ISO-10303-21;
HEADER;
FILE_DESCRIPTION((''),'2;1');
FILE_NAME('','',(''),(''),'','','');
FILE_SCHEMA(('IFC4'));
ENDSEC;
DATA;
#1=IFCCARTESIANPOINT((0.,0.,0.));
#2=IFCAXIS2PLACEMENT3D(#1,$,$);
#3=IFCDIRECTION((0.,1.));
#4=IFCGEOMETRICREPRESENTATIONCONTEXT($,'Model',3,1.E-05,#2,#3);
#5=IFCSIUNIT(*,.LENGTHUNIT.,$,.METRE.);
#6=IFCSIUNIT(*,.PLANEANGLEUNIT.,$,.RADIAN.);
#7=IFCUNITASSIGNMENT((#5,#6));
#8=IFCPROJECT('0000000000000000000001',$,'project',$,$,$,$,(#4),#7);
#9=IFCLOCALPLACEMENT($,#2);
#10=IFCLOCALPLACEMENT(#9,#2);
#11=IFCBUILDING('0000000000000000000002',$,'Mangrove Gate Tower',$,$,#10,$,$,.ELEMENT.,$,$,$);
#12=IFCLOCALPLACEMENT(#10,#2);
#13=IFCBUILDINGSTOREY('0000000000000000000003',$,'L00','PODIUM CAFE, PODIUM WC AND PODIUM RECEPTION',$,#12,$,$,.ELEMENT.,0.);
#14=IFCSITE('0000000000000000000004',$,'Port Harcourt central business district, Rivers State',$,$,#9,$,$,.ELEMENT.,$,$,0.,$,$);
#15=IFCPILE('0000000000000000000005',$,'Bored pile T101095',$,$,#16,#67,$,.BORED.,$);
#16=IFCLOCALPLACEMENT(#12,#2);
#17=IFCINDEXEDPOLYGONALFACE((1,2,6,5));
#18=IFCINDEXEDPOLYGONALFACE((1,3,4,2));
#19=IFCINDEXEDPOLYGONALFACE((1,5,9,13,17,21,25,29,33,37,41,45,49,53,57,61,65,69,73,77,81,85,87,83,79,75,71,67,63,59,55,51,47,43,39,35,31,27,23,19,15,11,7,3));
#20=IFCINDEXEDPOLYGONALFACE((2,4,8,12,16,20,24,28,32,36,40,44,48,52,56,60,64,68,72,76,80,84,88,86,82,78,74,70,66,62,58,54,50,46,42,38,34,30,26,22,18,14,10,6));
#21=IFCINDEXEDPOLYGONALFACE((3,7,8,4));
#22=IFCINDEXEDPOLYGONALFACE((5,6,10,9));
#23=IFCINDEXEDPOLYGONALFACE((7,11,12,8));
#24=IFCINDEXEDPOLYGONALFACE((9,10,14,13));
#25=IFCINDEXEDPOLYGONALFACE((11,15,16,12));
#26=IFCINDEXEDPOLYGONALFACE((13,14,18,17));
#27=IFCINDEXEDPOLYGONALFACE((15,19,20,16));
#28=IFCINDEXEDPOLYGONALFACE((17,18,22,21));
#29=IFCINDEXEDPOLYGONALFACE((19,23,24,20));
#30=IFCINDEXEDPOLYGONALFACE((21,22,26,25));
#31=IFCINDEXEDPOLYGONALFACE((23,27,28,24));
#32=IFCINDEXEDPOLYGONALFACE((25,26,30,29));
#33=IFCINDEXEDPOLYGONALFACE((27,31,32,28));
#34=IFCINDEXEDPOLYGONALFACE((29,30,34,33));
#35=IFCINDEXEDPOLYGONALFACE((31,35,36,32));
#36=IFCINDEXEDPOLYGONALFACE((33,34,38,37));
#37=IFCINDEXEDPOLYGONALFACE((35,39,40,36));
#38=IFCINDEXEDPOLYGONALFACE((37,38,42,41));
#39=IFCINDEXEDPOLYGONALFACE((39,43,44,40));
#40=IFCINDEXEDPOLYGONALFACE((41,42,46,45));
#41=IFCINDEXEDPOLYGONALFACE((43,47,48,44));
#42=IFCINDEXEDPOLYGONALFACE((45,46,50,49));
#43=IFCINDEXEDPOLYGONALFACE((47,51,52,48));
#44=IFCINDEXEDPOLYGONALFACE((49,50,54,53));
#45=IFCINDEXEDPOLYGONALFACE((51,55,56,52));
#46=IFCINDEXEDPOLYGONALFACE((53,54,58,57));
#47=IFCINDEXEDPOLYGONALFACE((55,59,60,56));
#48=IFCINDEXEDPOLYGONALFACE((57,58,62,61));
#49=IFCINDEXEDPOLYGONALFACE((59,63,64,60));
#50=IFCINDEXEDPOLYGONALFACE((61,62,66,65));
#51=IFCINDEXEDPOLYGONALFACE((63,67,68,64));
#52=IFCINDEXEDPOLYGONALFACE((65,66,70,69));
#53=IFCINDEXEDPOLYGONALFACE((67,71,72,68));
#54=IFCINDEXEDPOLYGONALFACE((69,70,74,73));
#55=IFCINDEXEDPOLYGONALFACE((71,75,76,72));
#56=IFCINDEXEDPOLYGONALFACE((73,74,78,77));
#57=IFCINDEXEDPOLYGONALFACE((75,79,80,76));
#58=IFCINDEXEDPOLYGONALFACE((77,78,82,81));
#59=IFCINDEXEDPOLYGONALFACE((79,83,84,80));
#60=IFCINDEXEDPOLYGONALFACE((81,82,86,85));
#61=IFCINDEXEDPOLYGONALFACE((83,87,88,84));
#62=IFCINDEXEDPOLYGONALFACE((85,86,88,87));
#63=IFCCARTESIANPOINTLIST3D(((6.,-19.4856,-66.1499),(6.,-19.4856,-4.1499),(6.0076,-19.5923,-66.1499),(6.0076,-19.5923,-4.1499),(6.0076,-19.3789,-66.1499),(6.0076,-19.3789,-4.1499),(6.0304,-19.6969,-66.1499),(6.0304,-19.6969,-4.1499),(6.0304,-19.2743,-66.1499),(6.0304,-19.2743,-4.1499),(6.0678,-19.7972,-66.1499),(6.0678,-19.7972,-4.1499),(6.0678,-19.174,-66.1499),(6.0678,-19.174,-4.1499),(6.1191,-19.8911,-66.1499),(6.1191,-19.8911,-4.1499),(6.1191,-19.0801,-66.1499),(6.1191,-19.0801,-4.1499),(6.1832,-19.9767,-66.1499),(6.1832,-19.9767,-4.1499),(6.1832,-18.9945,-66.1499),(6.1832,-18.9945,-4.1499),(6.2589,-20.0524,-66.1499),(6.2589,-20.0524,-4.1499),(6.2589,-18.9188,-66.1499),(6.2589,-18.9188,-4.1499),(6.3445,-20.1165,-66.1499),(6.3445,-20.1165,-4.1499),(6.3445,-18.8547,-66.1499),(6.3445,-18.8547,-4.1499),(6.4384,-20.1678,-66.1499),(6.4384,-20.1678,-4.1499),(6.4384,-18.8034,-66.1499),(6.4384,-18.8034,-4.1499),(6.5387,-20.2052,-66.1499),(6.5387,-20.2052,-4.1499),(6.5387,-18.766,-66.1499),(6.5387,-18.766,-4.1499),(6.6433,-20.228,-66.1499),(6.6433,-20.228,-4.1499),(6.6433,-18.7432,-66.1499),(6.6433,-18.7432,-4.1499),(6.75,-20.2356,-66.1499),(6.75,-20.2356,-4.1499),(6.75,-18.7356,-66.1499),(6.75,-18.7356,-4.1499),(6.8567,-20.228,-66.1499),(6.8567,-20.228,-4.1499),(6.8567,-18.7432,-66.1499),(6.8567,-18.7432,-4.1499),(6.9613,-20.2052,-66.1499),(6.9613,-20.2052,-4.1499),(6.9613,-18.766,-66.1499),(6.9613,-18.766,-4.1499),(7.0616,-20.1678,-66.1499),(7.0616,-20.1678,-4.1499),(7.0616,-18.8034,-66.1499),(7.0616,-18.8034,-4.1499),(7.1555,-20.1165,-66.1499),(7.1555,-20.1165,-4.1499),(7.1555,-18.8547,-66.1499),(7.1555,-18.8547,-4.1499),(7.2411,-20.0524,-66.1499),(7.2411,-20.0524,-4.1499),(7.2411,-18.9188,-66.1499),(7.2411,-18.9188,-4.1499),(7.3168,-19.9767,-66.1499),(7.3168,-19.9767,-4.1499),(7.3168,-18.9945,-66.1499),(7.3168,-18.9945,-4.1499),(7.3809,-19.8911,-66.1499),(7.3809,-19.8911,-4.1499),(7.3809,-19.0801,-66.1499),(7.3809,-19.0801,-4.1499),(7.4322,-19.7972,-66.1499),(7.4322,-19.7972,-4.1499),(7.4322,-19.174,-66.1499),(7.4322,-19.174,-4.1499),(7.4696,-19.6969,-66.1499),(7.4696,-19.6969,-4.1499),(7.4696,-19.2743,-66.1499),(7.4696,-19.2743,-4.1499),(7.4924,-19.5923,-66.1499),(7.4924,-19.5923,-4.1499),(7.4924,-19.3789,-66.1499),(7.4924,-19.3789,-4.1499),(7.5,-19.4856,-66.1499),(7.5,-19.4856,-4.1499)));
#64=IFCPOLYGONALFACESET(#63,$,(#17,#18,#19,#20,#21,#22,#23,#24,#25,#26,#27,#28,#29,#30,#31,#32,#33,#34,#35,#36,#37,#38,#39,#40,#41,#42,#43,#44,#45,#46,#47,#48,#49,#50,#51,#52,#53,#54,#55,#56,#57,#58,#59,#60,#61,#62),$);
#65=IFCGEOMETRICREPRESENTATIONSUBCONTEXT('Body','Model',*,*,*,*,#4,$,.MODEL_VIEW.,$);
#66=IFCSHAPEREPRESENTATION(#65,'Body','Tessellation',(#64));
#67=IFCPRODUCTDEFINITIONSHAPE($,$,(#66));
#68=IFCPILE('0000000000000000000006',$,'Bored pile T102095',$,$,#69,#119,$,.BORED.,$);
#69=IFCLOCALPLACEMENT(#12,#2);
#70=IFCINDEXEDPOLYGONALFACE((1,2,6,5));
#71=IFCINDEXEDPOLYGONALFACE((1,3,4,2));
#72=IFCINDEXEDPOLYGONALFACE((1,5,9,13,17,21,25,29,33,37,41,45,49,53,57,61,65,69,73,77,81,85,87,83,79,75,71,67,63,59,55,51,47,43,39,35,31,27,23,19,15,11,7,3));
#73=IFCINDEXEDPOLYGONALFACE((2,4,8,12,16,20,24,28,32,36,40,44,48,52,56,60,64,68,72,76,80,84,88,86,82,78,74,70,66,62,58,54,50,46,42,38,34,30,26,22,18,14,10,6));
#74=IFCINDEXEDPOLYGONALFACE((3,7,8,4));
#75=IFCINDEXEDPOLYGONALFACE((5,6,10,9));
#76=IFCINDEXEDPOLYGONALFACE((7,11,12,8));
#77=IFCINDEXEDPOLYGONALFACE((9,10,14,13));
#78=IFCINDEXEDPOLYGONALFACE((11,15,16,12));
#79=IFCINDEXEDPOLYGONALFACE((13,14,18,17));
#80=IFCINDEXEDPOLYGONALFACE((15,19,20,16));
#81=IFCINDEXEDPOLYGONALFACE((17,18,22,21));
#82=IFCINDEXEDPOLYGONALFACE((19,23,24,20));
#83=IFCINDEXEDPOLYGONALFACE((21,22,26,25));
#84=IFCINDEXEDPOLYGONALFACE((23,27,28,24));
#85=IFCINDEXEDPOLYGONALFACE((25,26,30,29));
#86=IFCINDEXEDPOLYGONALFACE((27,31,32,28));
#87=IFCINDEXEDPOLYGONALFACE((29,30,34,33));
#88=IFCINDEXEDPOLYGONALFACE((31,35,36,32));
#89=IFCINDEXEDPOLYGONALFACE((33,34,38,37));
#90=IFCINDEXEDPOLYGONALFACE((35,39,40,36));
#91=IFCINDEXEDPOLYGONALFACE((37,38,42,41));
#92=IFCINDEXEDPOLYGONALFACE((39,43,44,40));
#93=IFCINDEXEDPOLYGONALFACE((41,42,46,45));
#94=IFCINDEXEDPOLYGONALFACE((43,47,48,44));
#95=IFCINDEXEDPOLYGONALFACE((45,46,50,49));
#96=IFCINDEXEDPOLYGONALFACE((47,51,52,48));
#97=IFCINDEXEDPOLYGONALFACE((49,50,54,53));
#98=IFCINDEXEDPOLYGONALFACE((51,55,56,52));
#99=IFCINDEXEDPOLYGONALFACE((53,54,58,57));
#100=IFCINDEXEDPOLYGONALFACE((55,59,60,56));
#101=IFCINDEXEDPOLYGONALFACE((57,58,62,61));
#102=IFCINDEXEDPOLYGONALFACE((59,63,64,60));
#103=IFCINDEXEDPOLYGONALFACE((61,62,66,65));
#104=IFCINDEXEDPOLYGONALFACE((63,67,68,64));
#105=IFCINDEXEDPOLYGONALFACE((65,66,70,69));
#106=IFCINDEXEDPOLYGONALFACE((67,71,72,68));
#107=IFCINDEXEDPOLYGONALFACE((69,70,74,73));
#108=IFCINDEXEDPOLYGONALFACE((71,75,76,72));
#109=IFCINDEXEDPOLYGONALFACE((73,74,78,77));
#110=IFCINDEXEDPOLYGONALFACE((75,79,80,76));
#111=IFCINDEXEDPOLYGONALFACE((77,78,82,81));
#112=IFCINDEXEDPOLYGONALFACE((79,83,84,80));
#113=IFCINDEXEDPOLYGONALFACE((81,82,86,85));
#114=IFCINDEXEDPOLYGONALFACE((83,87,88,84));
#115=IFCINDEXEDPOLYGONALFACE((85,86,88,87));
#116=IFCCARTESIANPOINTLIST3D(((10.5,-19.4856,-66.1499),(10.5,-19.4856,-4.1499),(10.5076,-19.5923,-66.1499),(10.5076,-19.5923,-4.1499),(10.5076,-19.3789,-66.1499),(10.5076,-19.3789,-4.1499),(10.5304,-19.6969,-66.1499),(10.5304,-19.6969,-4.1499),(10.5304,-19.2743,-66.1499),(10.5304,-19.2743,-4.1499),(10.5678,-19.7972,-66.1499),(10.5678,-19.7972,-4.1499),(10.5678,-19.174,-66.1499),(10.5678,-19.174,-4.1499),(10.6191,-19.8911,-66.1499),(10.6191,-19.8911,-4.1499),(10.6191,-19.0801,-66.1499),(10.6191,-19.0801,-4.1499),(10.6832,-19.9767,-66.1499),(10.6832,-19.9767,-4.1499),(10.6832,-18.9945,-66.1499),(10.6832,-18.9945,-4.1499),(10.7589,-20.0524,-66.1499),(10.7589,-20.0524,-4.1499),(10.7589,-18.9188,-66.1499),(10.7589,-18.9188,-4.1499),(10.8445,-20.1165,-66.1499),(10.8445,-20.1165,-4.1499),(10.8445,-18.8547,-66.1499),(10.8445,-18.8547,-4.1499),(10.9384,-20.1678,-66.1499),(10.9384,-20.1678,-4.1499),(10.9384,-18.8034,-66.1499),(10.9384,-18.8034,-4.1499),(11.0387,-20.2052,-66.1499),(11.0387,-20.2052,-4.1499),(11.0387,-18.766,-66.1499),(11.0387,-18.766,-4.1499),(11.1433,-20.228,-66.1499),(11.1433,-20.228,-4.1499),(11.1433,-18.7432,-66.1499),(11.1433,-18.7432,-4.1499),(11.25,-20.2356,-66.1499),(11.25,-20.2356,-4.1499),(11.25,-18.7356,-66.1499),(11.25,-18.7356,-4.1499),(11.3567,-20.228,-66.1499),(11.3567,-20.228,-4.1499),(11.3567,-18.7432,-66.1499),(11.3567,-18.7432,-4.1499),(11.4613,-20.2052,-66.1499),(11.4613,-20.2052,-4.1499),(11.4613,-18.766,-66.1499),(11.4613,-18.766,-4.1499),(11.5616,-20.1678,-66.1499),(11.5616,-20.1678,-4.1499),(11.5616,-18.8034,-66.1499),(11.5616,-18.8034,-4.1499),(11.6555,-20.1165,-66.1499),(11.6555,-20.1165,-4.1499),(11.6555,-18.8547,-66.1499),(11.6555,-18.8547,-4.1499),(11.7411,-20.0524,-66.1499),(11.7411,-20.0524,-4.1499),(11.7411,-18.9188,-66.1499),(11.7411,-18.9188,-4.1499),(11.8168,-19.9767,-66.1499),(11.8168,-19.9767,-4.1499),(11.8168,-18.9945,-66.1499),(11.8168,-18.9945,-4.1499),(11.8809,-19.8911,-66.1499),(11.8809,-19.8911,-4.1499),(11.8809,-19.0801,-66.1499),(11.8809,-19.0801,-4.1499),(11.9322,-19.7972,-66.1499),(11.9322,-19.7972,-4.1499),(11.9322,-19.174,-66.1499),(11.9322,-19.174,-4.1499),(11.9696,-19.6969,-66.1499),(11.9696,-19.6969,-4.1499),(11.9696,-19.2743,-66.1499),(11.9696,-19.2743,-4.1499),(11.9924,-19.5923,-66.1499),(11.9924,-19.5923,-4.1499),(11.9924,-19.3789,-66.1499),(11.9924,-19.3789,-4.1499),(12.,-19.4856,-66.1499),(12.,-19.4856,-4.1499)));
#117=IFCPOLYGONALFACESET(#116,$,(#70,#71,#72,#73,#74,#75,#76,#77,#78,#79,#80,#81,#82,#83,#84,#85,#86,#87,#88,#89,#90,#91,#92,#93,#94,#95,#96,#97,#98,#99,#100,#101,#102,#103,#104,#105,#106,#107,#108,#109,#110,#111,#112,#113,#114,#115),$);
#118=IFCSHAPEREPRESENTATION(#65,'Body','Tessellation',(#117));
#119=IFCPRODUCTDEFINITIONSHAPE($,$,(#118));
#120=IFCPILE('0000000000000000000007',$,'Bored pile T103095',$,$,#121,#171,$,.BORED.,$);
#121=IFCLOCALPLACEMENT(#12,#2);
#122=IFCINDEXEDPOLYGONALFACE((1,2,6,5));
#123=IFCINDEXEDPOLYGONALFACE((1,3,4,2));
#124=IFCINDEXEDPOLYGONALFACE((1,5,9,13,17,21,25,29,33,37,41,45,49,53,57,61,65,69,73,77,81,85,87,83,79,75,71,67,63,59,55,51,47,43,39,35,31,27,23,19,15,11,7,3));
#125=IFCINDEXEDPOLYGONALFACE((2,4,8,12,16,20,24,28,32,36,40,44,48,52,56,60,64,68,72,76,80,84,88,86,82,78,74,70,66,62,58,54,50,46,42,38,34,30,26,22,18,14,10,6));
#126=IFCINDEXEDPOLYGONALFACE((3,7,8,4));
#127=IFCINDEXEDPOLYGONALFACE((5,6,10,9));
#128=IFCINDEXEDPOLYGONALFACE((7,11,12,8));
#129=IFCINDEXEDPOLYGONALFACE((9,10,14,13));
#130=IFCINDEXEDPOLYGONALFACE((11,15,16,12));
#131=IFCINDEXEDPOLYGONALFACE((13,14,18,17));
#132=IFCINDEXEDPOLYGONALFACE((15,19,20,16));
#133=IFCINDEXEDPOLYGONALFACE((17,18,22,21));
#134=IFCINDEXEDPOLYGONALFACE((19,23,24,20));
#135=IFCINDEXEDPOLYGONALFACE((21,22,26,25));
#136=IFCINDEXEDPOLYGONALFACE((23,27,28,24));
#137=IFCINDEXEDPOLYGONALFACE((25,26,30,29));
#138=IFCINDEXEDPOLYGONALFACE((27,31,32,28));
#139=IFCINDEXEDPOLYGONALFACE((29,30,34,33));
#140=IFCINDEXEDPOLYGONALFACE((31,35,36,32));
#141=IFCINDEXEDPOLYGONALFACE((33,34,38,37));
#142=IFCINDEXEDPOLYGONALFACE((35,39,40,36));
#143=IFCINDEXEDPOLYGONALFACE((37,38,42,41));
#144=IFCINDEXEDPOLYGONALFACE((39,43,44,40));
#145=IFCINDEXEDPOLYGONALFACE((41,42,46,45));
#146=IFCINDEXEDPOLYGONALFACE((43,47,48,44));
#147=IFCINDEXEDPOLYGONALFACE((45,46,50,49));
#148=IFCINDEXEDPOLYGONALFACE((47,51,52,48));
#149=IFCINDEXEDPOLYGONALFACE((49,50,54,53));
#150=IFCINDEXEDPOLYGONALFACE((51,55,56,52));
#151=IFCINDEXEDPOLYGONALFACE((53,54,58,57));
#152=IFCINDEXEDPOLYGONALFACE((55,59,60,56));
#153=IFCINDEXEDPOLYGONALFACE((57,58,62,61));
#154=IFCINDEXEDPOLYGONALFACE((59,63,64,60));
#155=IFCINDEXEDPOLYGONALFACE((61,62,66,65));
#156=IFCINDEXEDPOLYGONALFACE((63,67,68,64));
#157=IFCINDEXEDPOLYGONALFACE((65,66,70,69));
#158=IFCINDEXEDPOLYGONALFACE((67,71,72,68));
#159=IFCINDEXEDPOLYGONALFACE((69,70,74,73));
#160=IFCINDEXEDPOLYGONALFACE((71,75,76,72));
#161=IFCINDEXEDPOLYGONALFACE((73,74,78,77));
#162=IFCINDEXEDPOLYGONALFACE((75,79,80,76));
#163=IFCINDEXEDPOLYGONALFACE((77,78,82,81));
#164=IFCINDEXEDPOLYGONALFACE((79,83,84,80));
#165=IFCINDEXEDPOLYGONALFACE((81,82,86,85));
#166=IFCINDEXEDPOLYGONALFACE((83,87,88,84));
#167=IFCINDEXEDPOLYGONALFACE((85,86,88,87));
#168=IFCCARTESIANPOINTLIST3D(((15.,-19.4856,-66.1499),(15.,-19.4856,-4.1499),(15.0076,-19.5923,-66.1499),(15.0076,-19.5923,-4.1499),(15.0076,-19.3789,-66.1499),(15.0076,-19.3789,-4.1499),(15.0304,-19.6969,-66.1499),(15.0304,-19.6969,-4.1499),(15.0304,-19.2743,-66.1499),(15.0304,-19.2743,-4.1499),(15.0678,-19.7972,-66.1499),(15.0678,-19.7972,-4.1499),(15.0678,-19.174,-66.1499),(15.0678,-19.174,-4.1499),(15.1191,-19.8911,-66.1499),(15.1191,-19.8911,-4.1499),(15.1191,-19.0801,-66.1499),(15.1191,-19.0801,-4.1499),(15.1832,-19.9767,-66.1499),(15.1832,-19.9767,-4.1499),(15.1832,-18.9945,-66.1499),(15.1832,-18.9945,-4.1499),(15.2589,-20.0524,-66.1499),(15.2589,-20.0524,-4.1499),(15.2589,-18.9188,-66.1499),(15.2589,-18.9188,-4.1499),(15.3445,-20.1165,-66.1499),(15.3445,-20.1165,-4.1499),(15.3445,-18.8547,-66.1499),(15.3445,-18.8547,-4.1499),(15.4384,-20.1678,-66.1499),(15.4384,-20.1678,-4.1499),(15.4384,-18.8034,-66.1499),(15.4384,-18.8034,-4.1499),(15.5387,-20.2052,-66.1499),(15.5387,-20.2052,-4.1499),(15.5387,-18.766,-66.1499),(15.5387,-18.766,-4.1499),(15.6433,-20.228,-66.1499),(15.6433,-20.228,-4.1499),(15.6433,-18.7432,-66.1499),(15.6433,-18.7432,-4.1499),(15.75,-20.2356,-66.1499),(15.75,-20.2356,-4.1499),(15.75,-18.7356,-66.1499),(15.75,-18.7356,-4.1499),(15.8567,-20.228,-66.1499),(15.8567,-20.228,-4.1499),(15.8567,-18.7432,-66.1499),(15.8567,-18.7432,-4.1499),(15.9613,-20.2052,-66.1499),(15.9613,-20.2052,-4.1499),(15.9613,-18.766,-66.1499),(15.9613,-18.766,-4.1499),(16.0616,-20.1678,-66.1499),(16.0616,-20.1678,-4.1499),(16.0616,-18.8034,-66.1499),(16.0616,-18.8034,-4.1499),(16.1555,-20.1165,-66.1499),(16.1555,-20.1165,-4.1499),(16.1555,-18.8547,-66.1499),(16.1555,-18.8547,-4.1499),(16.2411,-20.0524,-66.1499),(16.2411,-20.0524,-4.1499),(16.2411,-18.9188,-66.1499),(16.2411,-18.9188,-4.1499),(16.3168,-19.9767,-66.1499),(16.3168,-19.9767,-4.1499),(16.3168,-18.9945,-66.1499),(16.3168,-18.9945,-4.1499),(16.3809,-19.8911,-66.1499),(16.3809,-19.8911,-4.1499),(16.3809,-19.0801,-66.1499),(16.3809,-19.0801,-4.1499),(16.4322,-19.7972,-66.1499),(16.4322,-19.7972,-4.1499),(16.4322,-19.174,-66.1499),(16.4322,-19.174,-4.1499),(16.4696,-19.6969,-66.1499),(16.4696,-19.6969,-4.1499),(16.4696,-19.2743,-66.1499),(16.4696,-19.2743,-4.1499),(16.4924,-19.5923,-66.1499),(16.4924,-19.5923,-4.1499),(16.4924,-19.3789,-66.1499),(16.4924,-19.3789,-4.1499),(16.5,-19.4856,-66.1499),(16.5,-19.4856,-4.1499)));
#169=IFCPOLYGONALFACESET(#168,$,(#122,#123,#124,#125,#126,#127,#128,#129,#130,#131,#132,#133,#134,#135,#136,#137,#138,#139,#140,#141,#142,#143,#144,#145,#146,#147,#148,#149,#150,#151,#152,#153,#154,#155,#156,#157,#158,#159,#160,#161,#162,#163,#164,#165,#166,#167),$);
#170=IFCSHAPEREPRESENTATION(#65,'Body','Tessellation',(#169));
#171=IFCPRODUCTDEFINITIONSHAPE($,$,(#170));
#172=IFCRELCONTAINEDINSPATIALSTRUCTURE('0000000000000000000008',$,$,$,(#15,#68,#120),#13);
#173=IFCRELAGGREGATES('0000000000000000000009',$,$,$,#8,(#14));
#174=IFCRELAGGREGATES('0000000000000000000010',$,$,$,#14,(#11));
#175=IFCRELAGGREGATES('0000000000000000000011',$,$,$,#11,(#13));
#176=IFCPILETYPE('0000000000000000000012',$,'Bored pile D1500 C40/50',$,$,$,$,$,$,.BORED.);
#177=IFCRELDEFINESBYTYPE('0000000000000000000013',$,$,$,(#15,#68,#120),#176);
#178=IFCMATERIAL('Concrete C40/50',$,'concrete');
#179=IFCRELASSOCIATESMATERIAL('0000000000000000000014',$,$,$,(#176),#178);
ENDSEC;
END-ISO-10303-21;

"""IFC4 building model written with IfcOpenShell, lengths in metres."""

from ifc_helpers import new_model, si_unit, direction, frame, origin, origin_2d, place, context, subcontext, project, spatial, circle, extrude, material, material_profile, profile_set, type_object, element, save


model = new_model("IFC4")

# Units and contexts
model_context = context("Model", 3, precision=1e-05, world=origin(), true_north=direction((0.0, 1.0)))
body_context = subcontext(model_context, "Body", "Model", "MODEL_VIEW")
ifc_project = project(units=[si_unit("LENGTHUNIT", "METRE"), si_unit("PLANEANGLEUNIT", "RADIAN")], contexts=[model_context])

# Site, building, storey
site_placement = place(None, origin())
site = spatial("IfcSite", under=ifc_project, at=site_placement, Name="Port Harcourt central business district, Rivers State", CompositionType="ELEMENT", RefElevation=0.0)
building_placement = place(site_placement, origin())
building = spatial("IfcBuilding", under=site, at=building_placement, Name="Mangrove Gate Tower", CompositionType="ELEMENT")
storey_placement = place(building_placement, origin())
storey = spatial("IfcBuildingStorey", under=building, at=storey_placement, Name="L00", Description="PODIUM CAFE, PODIUM WC AND PODIUM RECEPTION", CompositionType="ELEMENT", Elevation=0.0)

# Piles
ifc_material_1 = material(Name="Concrete C40/50", Category="concrete")
ifc_material_profile_1 = material_profile(ifc_material_1, circle(Radius=0.75, at=origin_2d()))
ifc_profile_set_1 = profile_set([ifc_material_profile_1], Name="Concrete C40/50")
pile_type = type_object("IfcPileType", Name="Bored pile D1500 C40/50", PredefinedType="BORED", material=ifc_profile_set_1)
for number, where, z_axis, x_axis, name in (
    (1, (6.75, -19.4856, -4.1499), (0.0, 0.0, -1.0), (1.0, 0.0, 0.0), "Bored pile T101095"),
    (2, (11.25, -19.4856, -4.1499), (0.0, 0.0, -1.0), (1.0, 0.0, 0.0), "Bored pile T102095"),
    (3, (15.75, -19.4856, -4.1499), (0.0, 0.0, -1.0), (1.0, 0.0, 0.0), "Bored pile T103095"),
):
    element("IfcPile", number, at=place(storey_placement, frame(where, z_axis=z_axis, x_axis=x_axis)), inside=storey, type_object=pile_type, Name=name, PredefinedType="BORED", context=body_context, shape_type="SweptSolid", body=[
        extrude(circle(Radius=0.75, at=origin_2d()), origin(), (0.0, 0.0, 1.0), 62.0),
    ])

save(model, "model.ifc")
